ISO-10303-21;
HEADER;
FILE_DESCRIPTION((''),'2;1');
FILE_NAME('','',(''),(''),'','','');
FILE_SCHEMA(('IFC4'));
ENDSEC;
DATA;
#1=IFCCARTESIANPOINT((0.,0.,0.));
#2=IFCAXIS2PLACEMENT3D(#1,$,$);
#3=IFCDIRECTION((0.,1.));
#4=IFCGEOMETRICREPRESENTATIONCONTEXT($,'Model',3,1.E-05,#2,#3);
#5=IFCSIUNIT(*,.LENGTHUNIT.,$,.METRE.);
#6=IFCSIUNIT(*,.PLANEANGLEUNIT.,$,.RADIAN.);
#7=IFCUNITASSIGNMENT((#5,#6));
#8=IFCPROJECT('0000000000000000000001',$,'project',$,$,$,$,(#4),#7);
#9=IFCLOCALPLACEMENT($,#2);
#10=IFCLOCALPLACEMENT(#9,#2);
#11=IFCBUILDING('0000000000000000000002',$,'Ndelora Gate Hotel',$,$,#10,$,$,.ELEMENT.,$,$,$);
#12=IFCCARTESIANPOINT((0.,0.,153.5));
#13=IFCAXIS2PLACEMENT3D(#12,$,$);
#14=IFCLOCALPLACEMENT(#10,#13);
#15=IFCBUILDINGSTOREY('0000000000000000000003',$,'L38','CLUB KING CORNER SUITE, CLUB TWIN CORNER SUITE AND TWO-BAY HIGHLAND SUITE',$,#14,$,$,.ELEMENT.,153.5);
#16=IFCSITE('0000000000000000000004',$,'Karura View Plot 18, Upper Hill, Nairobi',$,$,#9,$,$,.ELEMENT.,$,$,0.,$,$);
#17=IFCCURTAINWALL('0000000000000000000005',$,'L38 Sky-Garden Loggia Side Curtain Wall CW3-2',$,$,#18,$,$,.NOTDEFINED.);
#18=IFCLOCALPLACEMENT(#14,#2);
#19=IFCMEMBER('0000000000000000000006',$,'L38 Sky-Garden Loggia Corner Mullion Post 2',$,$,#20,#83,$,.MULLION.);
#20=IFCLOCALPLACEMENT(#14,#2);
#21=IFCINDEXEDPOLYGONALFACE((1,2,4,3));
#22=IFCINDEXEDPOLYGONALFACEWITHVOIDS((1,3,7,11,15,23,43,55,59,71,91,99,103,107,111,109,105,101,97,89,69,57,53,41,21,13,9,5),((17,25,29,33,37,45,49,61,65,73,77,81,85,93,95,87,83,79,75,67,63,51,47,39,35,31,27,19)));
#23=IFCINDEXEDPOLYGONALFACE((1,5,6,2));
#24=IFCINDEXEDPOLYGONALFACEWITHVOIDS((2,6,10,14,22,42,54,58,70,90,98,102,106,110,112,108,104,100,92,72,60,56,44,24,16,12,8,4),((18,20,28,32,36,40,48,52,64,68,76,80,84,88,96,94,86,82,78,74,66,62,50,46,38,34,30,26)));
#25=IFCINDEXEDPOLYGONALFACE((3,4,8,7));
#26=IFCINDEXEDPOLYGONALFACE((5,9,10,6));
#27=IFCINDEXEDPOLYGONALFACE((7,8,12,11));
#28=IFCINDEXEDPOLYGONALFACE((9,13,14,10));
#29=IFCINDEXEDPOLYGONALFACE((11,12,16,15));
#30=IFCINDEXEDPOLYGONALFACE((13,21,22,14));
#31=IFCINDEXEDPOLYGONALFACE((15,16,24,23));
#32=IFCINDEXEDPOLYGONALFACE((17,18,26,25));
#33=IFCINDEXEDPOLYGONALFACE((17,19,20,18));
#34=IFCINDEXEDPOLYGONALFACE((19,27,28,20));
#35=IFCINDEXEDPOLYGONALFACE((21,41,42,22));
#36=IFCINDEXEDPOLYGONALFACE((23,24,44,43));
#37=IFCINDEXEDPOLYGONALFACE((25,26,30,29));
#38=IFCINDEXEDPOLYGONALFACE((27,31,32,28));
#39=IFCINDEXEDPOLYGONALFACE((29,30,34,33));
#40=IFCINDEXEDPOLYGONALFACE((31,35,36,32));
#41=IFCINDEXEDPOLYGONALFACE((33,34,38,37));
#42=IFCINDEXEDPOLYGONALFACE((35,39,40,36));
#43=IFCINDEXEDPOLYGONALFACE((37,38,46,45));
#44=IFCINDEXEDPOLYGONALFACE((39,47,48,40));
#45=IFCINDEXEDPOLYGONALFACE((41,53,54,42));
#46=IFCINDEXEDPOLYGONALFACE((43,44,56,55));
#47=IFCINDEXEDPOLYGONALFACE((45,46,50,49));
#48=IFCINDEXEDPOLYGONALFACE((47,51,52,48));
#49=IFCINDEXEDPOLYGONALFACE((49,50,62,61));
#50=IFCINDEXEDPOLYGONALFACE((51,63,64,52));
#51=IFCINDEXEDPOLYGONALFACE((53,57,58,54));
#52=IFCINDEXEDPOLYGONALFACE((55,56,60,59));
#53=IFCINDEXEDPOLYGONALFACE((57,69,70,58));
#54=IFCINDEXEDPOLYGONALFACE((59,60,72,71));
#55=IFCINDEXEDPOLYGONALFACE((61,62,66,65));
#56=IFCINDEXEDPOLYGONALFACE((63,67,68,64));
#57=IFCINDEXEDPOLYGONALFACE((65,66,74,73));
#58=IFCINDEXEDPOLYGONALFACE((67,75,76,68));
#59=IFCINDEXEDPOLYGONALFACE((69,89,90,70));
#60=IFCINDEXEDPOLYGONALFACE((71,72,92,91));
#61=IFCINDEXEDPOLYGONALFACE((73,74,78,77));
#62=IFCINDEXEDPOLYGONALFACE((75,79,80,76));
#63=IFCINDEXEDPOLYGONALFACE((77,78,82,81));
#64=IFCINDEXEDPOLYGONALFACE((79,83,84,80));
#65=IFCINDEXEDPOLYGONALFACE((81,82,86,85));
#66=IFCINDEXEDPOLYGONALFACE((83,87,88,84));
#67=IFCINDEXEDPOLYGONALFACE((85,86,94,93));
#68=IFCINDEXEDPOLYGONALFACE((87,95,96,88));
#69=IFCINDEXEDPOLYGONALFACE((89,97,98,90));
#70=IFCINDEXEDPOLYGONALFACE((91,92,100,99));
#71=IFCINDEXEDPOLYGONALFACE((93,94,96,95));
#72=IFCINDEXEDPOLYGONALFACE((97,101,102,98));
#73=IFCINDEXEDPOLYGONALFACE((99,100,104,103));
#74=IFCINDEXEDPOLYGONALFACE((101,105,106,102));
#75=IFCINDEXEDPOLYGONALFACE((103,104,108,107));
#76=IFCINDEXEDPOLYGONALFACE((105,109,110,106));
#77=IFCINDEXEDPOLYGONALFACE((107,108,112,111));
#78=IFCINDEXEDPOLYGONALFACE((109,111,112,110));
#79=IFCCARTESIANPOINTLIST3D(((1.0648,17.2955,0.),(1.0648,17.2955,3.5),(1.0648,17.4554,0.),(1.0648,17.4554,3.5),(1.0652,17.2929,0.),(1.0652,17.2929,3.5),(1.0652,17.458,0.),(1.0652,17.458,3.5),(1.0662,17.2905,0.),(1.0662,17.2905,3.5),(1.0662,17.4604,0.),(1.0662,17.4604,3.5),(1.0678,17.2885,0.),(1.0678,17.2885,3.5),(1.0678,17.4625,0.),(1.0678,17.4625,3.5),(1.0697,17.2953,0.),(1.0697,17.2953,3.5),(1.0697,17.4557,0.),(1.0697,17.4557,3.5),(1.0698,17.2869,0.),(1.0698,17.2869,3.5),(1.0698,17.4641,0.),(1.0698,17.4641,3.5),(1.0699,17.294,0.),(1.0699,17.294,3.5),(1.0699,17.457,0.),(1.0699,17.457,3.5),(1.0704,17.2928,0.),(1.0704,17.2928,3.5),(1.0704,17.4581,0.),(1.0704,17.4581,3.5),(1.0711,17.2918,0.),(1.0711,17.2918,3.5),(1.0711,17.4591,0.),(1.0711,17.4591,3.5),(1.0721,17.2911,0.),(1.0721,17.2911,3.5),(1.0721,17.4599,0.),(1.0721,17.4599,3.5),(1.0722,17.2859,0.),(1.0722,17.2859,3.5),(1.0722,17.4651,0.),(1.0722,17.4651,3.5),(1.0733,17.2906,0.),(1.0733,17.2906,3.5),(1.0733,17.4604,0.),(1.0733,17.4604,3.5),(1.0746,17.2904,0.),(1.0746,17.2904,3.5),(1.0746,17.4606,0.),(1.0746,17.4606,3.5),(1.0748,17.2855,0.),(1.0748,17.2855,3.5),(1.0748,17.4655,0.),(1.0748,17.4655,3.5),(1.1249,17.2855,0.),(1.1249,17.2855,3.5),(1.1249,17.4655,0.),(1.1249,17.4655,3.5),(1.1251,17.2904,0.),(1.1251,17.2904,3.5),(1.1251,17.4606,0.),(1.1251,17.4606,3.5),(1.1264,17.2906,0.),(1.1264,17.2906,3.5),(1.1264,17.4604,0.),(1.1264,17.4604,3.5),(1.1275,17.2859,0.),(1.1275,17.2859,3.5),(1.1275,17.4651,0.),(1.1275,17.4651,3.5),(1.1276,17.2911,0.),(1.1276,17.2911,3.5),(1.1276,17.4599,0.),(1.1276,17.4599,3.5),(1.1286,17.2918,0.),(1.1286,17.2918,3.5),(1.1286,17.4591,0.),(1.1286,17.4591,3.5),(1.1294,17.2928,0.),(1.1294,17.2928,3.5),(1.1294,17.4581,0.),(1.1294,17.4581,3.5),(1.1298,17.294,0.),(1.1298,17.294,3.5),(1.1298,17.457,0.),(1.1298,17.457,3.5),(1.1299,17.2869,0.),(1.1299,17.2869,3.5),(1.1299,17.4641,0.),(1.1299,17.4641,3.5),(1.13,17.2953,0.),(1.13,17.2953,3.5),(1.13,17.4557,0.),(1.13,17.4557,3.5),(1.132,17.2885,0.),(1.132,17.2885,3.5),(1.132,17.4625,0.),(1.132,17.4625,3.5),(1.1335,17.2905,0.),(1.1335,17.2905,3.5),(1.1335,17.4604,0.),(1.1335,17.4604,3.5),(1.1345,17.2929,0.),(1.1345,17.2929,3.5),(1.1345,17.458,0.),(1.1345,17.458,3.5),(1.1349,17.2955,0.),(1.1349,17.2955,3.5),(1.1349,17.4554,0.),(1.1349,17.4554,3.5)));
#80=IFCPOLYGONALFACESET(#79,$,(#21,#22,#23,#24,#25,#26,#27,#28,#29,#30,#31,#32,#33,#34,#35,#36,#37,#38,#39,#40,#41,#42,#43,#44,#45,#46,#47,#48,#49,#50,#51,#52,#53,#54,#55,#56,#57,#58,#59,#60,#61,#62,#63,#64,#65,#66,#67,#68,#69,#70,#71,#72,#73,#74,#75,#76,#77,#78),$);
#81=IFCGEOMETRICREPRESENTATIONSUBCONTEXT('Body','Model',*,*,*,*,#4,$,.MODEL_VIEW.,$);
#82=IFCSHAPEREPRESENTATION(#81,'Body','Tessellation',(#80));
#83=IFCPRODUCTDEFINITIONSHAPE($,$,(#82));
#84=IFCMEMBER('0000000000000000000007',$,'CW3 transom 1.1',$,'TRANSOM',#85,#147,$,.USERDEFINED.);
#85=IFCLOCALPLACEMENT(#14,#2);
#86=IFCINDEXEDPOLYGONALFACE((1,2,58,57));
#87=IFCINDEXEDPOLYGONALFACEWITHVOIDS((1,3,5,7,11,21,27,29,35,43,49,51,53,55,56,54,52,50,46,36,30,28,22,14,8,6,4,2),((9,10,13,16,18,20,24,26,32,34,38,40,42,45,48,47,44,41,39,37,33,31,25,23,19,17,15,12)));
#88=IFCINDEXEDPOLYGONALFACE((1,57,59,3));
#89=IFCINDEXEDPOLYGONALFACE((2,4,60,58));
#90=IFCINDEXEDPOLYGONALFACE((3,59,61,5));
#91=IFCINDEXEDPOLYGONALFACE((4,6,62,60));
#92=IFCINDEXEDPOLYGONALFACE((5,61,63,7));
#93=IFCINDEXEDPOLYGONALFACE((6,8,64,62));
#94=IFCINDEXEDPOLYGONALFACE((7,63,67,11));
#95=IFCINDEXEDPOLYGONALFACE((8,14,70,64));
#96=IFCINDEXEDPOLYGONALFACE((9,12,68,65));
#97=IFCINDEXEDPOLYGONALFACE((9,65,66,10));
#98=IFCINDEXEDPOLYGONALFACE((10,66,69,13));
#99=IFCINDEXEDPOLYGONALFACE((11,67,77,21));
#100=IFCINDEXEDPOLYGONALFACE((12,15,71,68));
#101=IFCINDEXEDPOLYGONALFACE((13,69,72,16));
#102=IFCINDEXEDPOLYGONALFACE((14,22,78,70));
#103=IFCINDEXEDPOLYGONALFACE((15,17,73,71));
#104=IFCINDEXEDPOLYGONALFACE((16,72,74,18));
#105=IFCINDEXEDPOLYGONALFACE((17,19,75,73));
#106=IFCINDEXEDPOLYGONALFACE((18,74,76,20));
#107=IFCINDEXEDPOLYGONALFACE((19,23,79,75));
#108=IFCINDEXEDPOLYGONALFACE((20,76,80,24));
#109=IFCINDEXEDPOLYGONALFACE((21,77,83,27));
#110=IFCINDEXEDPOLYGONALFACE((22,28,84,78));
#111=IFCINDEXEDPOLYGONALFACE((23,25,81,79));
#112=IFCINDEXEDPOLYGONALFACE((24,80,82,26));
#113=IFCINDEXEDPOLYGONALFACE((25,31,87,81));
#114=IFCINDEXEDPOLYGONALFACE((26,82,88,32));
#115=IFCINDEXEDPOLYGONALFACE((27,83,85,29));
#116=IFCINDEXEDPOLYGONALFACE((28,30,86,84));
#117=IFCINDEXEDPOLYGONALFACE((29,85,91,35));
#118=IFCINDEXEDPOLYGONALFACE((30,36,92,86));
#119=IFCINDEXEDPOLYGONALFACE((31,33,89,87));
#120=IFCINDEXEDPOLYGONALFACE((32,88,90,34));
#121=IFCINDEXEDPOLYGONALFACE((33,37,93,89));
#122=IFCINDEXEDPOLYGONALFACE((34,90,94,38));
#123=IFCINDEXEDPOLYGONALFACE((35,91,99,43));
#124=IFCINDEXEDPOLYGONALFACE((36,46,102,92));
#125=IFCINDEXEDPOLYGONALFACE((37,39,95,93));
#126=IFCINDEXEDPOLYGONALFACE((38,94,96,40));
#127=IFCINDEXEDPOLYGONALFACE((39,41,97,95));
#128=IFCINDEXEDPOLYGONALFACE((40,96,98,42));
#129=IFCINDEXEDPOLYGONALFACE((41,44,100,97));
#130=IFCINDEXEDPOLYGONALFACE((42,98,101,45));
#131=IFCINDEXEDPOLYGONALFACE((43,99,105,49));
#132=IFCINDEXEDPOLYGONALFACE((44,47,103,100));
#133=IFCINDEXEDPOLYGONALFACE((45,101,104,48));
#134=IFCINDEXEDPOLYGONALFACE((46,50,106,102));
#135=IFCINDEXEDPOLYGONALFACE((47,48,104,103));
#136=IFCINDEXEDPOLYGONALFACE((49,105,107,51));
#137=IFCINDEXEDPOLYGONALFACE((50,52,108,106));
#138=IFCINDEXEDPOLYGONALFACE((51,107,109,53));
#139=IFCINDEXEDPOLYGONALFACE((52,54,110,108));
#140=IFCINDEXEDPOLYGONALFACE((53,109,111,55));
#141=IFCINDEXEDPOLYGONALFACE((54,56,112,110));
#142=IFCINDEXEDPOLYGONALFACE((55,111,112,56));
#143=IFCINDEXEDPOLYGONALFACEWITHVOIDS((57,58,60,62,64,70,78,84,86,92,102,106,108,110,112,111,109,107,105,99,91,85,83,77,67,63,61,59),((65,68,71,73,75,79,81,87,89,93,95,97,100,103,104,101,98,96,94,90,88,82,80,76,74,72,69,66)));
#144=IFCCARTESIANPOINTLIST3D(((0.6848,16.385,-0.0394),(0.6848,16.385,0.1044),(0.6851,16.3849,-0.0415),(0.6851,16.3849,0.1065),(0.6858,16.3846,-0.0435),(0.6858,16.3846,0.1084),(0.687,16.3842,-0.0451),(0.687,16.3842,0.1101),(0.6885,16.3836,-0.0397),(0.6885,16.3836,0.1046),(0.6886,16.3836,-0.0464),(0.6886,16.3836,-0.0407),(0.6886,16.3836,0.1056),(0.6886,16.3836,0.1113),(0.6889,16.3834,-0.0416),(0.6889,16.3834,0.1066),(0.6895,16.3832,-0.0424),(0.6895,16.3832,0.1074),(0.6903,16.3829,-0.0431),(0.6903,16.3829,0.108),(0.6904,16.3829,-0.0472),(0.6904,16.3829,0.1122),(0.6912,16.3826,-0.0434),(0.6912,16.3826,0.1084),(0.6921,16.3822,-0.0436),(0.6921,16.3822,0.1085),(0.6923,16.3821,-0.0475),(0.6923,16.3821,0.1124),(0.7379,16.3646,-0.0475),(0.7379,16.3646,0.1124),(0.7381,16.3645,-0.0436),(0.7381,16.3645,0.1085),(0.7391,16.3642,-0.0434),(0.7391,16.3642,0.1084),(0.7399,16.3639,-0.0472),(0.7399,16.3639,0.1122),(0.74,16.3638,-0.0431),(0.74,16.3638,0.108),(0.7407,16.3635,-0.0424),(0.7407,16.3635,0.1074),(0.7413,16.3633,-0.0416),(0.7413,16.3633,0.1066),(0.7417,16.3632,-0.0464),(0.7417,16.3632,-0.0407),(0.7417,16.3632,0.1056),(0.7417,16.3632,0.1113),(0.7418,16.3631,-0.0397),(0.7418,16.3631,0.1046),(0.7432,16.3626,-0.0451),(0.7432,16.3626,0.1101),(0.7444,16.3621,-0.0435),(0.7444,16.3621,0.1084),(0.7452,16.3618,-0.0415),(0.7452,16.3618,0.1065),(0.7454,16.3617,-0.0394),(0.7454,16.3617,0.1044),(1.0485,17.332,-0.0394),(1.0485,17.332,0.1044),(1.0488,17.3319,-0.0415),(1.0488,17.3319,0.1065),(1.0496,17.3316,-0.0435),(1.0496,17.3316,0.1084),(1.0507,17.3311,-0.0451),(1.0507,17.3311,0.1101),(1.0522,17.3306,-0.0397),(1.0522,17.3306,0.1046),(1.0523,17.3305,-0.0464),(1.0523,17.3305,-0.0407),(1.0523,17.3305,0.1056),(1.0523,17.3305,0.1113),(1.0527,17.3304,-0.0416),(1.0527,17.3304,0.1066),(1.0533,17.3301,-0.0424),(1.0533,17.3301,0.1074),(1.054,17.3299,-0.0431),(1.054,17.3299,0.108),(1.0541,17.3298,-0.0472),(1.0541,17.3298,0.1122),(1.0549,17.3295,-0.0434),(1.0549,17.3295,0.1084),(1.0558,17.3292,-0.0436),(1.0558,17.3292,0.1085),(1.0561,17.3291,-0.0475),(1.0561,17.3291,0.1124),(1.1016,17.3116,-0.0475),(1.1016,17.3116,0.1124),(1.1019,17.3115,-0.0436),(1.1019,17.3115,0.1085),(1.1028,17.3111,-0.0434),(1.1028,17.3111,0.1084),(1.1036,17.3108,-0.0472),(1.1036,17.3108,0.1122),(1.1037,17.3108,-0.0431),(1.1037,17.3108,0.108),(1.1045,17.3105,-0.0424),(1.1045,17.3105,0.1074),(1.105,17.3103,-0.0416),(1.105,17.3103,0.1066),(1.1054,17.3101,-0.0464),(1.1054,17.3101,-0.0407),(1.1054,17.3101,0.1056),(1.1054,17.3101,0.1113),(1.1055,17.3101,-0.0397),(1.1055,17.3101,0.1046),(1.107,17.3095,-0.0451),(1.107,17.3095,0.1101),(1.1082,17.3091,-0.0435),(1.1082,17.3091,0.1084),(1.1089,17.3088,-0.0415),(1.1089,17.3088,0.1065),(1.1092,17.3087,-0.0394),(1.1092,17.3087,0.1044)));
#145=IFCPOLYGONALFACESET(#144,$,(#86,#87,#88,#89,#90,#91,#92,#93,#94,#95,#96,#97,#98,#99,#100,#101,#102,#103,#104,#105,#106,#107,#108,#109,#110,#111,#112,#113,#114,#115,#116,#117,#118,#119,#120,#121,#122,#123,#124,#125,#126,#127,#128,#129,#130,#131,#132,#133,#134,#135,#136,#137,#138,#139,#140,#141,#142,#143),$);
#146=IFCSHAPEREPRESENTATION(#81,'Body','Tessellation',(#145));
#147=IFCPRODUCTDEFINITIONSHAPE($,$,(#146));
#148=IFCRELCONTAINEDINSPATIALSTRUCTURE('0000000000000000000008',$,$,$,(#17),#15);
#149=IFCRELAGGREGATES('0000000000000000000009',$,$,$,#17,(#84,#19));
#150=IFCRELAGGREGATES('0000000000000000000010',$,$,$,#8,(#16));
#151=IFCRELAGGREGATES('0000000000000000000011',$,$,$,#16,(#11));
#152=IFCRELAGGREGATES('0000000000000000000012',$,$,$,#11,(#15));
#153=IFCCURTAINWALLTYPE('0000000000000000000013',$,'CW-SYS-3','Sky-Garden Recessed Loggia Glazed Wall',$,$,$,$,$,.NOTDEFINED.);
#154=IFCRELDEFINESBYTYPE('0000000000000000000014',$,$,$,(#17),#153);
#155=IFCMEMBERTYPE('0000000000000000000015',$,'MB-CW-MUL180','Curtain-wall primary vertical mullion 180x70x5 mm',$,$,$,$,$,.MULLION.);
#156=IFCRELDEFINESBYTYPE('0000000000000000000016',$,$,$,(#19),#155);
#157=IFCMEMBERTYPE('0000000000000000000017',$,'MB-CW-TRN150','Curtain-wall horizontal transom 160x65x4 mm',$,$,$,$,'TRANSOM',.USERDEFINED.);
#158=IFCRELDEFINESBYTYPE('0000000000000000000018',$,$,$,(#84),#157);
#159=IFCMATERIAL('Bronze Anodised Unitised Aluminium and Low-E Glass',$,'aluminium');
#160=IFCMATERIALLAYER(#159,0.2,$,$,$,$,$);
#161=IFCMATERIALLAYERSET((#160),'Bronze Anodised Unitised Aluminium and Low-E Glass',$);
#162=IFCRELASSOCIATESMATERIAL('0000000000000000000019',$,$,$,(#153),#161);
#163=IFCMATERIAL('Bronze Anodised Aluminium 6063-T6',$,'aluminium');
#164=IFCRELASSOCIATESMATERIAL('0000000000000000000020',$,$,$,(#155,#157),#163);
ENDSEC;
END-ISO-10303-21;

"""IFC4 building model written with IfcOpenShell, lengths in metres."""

from ifc_helpers import new_model, si_unit, direction, frame, origin, origin_2d, place, context, subcontext, project, spatial, hollow_rectangle, extrude, material, layer, layer_set, material_profile, profile_set, type_object, element, aggregate, save


model = new_model("IFC4")

# Units and contexts
model_context = context("Model", 3, precision=1e-05, world=origin(), true_north=direction((0.0, 1.0)))
body_context = subcontext(model_context, "Body", "Model", "MODEL_VIEW")
ifc_project = project(units=[si_unit("LENGTHUNIT", "METRE"), si_unit("PLANEANGLEUNIT", "RADIAN")], contexts=[model_context])

# Site, building, storey
site_placement = place(None, origin())
site = spatial("IfcSite", under=ifc_project, at=site_placement, Name="Karura View Plot 18, Upper Hill, Nairobi", CompositionType="ELEMENT", RefElevation=0.0)
building_placement = place(site_placement, origin())
building = spatial("IfcBuilding", under=site, at=building_placement, Name="Ndelora Gate Hotel", CompositionType="ELEMENT")
storey_placement = place(building_placement, frame((0.0, 0.0, 153.5)))
storey = spatial("IfcBuildingStorey", under=building, at=storey_placement, Name="L38", Description="CLUB KING CORNER SUITE, CLUB TWIN CORNER SUITE AND TWO-BAY HIGHLAND SUITE", CompositionType="ELEMENT", Elevation=153.5)

# Curtain wall, members
ifc_material_1 = material(Name="Bronze Anodised Unitised Aluminium and Low-E Glass", Category="aluminium")
ifc_layer_1 = layer(ifc_material_1, 0.2)
ifc_layer_set_1 = layer_set([ifc_layer_1], Name="Bronze Anodised Unitised Aluminium and Low-E Glass")
curtain_wall_type = type_object("IfcCurtainWallType", Name="CW-SYS-3", Description="Sky-Garden Recessed Loggia Glazed Wall", PredefinedType="NOTDEFINED", material=ifc_layer_set_1)
curtain_wall_placement = place(storey_placement, origin())
curtain_wall = element("IfcCurtainWall", 1, at=curtain_wall_placement, inside=storey, type_object=curtain_wall_type, Name="L38 Sky-Garden Loggia Side Curtain Wall CW3-2", PredefinedType="NOTDEFINED")
ifc_material_2 = material(Name="Bronze Anodised Aluminium 6063-T6", Category="aluminium")
ifc_material_profile_1 = material_profile(ifc_material_2, hollow_rectangle(XDim=0.0701, YDim=0.1799, WallThickness=0.0049, InnerFilletRadius=0.0049, OuterFilletRadius=0.01, at=origin_2d()), Name="ALU 180x70x5")
ifc_profile_set_1 = profile_set([ifc_material_profile_1], Name="Bronze Anodised Aluminium 6063-T6")
member_type_1 = type_object("IfcMemberType", Name="MB-CW-MUL180", Description="Curtain-wall primary vertical mullion 180x70x5 mm", PredefinedType="MULLION", material=ifc_profile_set_1)
member_1_placement = place(storey_placement, frame((1.0999, 17.3755, 0.0), z_axis=(0.0, 0.0, 1.0), x_axis=(1.0, 0.0, 0.0)))
member_1 = element("IfcMember", 2, at=member_1_placement, type_object=member_type_1, Name="L38 Sky-Garden Loggia Corner Mullion Post 2", PredefinedType="MULLION", context=body_context, shape_type="SweptSolid", body=[
    extrude(hollow_rectangle(XDim=0.0701, YDim=0.1799, WallThickness=0.0049, InnerFilletRadius=0.0049, OuterFilletRadius=0.01, at=origin_2d()), origin(), (0.0, 0.0, 1.0), 3.5),
])
ifc_material_profile_2 = material_profile(ifc_material_2, hollow_rectangle(XDim=0.0649, YDim=0.1599, WallThickness=0.0039, InnerFilletRadius=0.0039, OuterFilletRadius=0.0081, at=origin_2d()), Name="ALU 160x65x4")
ifc_profile_set_2 = profile_set([ifc_material_profile_2], Name="Bronze Anodised Aluminium 6063-T6")
member_type_2 = type_object("IfcMemberType", Name="MB-CW-TRN150", Description="Curtain-wall horizontal transom 160x65x4 mm", ElementType="TRANSOM", PredefinedType="USERDEFINED", material=ifc_profile_set_2)
member_2_placement = place(storey_placement, frame((1.0789, 17.3203, 0.0325), z_axis=(-0.358576, -0.933501, 0.0), x_axis=(0.933501, -0.358576, 0.0)))
member_2 = element("IfcMember", 3, at=member_2_placement, type_object=member_type_2, Name="CW3 transom 1.1", ObjectType="TRANSOM", PredefinedType="USERDEFINED", context=body_context, shape_type="SweptSolid", body=[
    extrude(hollow_rectangle(XDim=0.0649, YDim=0.1599, WallThickness=0.0039, InnerFilletRadius=0.0039, OuterFilletRadius=0.0081, at=origin_2d()), origin(), (0.0, 0.0, 1.0), 1.0144),
])
aggregate(curtain_wall, [member_2, member_1])

save(model, "model.ifc")
